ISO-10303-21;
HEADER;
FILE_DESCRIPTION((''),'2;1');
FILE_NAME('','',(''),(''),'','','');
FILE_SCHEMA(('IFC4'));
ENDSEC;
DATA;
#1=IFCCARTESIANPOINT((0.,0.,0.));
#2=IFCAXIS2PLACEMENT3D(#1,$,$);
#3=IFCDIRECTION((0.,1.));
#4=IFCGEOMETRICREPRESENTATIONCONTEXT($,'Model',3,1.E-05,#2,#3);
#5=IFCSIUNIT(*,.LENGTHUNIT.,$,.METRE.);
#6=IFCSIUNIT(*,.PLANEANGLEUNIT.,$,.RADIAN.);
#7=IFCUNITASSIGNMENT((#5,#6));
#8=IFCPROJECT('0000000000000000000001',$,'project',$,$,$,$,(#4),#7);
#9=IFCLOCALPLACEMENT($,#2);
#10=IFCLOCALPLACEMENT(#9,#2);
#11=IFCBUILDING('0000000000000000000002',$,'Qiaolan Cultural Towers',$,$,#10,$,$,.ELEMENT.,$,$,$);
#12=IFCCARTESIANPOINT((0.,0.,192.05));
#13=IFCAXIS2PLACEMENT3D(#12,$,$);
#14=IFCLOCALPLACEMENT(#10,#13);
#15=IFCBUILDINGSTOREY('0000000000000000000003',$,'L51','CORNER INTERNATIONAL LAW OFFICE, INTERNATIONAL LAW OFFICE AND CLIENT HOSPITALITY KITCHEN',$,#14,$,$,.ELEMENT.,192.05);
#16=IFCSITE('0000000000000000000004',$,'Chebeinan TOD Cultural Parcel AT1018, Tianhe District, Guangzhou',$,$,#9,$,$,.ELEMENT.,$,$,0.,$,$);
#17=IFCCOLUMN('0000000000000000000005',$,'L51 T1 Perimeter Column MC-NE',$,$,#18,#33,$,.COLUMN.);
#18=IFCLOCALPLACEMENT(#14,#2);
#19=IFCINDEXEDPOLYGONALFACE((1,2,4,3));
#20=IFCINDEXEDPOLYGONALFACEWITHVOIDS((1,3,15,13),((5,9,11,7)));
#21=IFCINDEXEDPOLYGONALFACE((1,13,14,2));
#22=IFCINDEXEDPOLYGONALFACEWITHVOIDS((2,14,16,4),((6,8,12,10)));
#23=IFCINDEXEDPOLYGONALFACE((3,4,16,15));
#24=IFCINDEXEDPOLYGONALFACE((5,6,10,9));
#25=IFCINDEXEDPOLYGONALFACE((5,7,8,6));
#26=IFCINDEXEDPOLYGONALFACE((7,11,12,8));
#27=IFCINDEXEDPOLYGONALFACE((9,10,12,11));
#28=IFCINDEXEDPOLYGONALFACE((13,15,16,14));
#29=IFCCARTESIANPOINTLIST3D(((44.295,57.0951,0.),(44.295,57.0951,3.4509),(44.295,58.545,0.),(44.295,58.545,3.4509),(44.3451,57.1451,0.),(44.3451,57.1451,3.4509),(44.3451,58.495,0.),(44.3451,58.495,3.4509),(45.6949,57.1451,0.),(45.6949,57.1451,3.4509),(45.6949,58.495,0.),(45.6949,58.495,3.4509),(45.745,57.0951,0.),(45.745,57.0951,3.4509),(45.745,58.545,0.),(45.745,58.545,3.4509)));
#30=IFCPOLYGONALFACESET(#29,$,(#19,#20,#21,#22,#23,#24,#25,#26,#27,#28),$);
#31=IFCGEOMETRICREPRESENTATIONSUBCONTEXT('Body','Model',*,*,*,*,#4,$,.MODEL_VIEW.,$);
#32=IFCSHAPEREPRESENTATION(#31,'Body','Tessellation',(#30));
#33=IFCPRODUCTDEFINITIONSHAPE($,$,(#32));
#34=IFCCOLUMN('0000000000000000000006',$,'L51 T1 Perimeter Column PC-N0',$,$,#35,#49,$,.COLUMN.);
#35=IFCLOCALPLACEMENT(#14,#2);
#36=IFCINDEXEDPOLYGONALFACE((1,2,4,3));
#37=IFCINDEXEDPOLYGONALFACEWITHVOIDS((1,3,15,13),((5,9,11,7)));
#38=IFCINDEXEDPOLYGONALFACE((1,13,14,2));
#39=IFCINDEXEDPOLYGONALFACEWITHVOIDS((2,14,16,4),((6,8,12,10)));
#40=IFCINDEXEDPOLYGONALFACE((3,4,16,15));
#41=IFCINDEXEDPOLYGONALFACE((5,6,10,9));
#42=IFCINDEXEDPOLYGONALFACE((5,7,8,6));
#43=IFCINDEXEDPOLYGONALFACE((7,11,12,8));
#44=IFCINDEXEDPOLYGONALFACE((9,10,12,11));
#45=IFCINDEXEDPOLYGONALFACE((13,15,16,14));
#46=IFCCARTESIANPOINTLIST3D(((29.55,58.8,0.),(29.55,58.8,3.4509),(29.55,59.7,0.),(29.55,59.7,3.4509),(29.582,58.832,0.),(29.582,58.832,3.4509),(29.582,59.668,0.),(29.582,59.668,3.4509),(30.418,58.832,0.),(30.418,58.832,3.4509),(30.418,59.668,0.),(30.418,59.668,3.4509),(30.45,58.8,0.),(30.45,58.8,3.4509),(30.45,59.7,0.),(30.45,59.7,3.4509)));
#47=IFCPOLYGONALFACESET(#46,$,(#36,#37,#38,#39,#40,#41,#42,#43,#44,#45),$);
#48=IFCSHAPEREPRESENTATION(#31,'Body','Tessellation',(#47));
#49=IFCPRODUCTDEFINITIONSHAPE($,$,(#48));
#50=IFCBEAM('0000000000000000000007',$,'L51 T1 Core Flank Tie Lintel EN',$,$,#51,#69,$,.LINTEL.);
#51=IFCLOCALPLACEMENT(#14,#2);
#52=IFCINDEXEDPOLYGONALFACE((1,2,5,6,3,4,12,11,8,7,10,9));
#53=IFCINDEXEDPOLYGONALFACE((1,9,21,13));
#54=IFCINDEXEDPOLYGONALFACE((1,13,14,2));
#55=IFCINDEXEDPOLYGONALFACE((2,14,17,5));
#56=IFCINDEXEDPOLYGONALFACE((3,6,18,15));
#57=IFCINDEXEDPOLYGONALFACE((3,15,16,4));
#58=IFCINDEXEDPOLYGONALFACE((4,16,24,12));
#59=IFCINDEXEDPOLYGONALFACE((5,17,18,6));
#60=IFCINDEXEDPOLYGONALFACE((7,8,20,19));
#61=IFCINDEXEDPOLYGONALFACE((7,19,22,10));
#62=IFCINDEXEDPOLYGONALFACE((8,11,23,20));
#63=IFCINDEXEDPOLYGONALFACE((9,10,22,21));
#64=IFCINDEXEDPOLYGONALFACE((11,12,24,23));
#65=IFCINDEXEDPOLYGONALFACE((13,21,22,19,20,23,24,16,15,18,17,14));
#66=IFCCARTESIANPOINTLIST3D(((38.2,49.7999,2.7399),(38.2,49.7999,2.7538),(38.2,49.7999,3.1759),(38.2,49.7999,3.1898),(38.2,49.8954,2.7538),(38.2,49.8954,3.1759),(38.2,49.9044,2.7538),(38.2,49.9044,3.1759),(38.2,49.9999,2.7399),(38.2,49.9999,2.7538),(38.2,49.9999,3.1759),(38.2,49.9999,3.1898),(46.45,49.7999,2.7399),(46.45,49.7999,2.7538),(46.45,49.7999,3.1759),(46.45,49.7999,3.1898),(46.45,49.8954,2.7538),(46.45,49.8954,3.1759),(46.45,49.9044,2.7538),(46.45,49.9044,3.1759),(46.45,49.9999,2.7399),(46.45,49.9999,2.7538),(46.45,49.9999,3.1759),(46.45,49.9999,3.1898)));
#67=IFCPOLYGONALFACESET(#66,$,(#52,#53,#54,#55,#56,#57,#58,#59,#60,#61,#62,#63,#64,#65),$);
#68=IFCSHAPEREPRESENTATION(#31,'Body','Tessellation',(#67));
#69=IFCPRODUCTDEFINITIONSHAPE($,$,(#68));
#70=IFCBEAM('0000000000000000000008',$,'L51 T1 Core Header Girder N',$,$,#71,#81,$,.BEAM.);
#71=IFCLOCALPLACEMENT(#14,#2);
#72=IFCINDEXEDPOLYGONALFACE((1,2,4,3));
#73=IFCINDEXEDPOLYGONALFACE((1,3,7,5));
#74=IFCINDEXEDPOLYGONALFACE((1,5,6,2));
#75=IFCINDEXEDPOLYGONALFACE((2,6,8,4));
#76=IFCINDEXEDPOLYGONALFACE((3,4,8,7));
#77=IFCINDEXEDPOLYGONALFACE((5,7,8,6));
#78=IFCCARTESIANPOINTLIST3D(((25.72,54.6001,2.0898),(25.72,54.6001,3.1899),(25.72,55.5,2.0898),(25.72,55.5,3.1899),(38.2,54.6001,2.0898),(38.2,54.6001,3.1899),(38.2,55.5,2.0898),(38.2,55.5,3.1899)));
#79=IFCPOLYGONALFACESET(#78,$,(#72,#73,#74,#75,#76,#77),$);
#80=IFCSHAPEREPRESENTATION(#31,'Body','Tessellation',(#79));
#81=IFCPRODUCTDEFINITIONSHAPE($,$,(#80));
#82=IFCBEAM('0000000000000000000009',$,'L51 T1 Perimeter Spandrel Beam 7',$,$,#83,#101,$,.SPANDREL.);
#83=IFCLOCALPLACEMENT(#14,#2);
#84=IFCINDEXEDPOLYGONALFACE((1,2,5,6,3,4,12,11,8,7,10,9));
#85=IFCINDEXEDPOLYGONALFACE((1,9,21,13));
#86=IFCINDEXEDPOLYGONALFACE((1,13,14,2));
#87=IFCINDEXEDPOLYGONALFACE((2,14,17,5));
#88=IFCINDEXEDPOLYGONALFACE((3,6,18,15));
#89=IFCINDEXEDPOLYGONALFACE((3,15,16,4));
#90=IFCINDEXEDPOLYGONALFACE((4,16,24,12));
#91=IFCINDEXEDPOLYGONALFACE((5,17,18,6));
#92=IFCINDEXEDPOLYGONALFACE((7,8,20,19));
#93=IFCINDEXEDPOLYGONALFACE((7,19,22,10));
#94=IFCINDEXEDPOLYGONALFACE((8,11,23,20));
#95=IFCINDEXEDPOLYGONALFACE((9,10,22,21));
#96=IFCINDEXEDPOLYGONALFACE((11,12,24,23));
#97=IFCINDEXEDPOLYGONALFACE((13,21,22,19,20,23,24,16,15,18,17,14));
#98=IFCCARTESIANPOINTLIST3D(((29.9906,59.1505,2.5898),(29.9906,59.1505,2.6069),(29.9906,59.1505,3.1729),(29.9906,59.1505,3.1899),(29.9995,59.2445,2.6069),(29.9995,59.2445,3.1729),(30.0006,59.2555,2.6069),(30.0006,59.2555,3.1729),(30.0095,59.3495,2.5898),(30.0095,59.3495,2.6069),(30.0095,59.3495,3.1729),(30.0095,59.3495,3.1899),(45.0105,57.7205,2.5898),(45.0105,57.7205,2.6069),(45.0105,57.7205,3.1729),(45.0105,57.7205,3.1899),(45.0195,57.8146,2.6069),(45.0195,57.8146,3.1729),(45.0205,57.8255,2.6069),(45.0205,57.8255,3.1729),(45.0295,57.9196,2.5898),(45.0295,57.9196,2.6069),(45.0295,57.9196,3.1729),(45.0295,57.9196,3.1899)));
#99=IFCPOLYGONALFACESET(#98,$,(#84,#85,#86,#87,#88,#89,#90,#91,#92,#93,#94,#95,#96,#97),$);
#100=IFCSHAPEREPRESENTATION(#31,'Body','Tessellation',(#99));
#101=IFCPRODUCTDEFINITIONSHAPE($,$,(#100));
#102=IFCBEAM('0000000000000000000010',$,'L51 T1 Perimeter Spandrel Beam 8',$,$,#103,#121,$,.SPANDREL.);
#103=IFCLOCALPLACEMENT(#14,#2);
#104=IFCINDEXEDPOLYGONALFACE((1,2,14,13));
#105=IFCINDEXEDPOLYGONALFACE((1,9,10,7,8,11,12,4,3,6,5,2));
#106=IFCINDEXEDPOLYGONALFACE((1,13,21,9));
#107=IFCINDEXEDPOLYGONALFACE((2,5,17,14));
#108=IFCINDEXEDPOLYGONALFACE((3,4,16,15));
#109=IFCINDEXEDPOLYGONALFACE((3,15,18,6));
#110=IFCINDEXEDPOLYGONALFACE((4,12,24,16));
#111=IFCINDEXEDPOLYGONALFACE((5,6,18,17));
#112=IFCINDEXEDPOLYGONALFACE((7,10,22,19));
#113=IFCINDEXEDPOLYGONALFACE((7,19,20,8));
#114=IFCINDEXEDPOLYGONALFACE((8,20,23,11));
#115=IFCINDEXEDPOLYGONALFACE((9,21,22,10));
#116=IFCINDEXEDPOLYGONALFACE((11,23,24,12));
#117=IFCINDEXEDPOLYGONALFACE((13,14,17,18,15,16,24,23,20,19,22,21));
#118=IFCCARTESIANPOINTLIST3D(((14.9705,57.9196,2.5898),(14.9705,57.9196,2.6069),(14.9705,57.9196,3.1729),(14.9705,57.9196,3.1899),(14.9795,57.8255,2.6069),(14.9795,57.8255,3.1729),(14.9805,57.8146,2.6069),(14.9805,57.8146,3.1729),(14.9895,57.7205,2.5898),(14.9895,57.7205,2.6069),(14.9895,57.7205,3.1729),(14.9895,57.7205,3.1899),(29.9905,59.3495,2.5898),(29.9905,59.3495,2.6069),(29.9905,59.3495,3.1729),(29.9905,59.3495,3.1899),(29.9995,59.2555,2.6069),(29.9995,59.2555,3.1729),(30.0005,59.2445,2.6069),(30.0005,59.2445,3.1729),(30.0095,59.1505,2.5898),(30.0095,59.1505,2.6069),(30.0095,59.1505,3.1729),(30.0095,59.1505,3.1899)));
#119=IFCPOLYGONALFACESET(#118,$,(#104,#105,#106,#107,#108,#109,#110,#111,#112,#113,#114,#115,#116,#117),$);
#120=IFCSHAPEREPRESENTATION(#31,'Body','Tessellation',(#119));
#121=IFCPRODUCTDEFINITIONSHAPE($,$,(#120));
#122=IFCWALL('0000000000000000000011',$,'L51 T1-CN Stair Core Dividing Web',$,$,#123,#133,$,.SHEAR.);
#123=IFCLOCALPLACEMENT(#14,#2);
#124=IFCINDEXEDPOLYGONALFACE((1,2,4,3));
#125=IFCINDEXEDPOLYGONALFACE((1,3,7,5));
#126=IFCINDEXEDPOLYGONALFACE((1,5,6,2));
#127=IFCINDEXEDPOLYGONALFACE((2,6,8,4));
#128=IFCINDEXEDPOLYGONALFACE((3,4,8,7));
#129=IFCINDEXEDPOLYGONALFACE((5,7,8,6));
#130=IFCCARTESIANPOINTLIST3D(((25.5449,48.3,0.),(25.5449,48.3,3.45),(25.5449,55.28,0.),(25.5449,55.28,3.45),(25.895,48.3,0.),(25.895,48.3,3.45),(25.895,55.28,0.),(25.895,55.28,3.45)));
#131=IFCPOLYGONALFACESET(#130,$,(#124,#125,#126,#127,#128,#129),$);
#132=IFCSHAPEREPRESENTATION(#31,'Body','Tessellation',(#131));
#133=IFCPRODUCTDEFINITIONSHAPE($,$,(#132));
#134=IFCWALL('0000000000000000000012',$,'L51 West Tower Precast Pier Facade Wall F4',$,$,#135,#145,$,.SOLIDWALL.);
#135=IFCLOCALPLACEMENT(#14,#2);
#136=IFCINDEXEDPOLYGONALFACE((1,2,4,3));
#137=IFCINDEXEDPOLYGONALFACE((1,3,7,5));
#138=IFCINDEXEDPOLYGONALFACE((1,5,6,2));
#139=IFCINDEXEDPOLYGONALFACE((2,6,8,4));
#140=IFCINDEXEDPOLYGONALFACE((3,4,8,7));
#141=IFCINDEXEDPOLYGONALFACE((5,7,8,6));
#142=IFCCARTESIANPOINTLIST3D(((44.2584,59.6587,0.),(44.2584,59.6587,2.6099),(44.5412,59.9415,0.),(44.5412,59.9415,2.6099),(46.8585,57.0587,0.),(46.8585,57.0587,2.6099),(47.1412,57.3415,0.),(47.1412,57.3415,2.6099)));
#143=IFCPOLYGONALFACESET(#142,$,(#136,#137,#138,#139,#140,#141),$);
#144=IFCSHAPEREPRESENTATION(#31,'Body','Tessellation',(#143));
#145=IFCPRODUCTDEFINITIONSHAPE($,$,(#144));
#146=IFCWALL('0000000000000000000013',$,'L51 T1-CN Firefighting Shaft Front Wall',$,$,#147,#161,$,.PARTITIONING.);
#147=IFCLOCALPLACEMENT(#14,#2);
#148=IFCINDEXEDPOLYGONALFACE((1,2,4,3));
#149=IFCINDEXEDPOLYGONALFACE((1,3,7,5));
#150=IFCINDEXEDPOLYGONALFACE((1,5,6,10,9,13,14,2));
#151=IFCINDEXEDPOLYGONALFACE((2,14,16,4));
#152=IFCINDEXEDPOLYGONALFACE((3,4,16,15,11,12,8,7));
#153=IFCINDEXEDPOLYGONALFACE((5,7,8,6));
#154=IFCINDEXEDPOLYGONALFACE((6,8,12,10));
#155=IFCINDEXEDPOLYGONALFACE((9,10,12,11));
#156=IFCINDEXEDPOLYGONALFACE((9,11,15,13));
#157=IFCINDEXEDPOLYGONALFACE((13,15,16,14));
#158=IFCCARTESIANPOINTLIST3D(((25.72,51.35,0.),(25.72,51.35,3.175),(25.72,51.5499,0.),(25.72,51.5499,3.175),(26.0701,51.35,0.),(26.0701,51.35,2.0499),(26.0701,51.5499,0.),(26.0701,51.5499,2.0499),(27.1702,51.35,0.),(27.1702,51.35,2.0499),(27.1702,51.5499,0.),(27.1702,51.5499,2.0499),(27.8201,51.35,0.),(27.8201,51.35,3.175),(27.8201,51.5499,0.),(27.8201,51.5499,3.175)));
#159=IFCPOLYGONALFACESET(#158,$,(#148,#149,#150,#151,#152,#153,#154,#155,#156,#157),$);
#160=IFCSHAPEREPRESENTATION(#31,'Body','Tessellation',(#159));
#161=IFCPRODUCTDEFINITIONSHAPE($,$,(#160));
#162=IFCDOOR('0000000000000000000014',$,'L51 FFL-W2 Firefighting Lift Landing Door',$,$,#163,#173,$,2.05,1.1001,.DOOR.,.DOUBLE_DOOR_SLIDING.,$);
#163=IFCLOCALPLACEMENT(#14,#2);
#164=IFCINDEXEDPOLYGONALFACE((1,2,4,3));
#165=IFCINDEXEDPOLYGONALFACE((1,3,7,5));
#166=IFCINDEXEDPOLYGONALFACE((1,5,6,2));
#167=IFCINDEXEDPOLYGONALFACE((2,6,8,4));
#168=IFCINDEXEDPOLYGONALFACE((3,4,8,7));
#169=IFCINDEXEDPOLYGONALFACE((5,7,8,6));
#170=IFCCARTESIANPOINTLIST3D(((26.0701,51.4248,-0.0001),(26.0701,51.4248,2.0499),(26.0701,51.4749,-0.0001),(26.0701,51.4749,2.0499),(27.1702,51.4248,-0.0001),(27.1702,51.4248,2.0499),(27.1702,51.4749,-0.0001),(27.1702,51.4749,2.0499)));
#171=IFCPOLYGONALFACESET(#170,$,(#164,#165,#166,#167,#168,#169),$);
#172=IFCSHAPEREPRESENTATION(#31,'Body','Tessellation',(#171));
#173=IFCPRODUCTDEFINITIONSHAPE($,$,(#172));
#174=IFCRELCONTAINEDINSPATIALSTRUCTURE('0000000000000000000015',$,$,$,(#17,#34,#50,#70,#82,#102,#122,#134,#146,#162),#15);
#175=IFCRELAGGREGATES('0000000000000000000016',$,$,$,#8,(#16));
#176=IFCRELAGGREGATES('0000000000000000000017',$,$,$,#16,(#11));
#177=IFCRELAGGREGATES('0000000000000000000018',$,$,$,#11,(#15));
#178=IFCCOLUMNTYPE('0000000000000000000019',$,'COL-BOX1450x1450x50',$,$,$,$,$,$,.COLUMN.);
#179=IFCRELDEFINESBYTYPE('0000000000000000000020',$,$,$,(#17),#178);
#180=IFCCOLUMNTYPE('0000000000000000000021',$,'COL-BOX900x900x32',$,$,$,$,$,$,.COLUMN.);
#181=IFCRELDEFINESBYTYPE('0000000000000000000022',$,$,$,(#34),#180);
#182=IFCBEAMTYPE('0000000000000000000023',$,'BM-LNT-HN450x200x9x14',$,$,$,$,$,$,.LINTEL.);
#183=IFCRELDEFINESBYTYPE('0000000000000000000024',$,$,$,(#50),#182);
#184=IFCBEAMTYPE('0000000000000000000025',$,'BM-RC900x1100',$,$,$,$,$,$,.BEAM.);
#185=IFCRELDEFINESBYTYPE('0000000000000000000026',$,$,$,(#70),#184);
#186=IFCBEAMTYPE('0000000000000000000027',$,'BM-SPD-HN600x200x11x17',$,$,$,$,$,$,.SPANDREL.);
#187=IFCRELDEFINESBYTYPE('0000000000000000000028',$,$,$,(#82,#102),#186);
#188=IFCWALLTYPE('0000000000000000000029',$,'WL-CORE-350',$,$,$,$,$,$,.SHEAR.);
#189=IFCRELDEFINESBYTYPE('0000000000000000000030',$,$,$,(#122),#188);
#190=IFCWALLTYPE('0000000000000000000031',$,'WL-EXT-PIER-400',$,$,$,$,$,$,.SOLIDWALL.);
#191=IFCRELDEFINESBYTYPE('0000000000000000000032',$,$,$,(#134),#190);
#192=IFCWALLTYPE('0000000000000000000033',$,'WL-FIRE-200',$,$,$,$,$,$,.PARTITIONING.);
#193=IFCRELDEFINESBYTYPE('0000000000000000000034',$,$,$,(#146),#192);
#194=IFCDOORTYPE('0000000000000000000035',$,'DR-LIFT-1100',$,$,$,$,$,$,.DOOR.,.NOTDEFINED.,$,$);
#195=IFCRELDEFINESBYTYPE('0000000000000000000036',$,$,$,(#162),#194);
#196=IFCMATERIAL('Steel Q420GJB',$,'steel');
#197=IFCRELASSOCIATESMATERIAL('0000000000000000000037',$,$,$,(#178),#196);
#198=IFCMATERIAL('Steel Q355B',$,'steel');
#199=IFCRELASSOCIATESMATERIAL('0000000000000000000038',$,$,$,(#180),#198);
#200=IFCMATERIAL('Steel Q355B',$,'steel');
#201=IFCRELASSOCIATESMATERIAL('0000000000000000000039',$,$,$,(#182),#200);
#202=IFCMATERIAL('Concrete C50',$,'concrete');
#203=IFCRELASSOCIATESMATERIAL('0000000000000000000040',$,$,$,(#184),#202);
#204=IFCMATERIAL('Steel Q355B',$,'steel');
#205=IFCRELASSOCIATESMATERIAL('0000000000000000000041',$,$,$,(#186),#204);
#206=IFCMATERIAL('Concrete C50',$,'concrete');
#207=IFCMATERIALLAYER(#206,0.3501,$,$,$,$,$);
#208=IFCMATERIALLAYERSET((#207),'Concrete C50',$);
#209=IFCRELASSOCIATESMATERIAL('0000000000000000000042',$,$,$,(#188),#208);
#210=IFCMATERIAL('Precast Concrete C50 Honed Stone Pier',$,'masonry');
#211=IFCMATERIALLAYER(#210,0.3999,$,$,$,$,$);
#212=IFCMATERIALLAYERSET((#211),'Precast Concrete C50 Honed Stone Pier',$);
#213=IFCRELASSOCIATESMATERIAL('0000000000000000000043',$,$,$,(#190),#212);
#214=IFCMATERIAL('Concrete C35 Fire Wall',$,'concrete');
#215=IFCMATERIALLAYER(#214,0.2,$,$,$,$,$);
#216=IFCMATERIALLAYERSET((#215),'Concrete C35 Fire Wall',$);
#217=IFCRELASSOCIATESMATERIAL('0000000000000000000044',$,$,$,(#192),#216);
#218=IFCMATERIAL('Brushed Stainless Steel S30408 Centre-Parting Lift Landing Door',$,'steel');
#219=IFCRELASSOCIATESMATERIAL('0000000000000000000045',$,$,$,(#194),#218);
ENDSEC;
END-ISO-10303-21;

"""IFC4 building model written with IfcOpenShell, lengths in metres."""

from ifc_helpers import new_model, si_unit, direction, frame, frame_2d, origin, origin_2d, place, context, subcontext, project, spatial, rectangle, hollow_rectangle, i_section, extrude, material, layer, layer_set, material_profile, profile_set, type_object, element, fill, save


model = new_model("IFC4")

# Units and contexts
model_context = context("Model", 3, precision=1e-05, world=origin(), true_north=direction((0.0, 1.0)))
body_context = subcontext(model_context, "Body", "Model", "MODEL_VIEW")
ifc_project = project(units=[si_unit("LENGTHUNIT", "METRE"), si_unit("PLANEANGLEUNIT", "RADIAN")], contexts=[model_context])

# Site, building, storey
site_placement = place(None, origin())
site = spatial("IfcSite", under=ifc_project, at=site_placement, Name="Chebeinan TOD Cultural Parcel AT1018, Tianhe District, Guangzhou", CompositionType="ELEMENT", RefElevation=0.0)
building_placement = place(site_placement, origin())
building = spatial("IfcBuilding", under=site, at=building_placement, Name="Qiaolan Cultural Towers", CompositionType="ELEMENT")
storey_placement = place(building_placement, frame((0.0, 0.0, 192.05)))
storey = spatial("IfcBuildingStorey", under=building, at=storey_placement, Name="L51", Description="CORNER INTERNATIONAL LAW OFFICE, INTERNATIONAL LAW OFFICE AND CLIENT HOSPITALITY KITCHEN", CompositionType="ELEMENT", Elevation=192.05)

# Columns
ifc_material_1 = material(Name="Steel Q420GJB", Category="steel")
ifc_material_profile_1 = material_profile(ifc_material_1, hollow_rectangle(XDim=1.45, YDim=1.45, WallThickness=0.05, at=origin_2d()), Name="BOX1450x1450x50")
ifc_profile_set_1 = profile_set([ifc_material_profile_1], Name="Steel Q420GJB")
column_type_1 = type_object("IfcColumnType", Name="COL-BOX1450x1450x50", PredefinedType="COLUMN", material=ifc_profile_set_1)
column_1_placement = place(storey_placement, frame((45.02, 57.8201, 0.0), z_axis=(0.0, 0.0, 1.0), x_axis=(1.0, 0.0, 0.0)))
element("IfcColumn", 1, at=column_1_placement, inside=storey, type_object=column_type_1, Name="L51 T1 Perimeter Column MC-NE", PredefinedType="COLUMN", context=body_context, shape_type="SweptSolid", body=[
    extrude(hollow_rectangle(XDim=1.45, YDim=1.45, WallThickness=0.05, at=origin_2d()), origin(), (0.0, 0.0, 1.0), 3.4509),
])
ifc_material_2 = material(Name="Steel Q355B", Category="steel")
ifc_material_profile_2 = material_profile(ifc_material_2, hollow_rectangle(XDim=0.8999, YDim=0.8999, WallThickness=0.032, at=origin_2d()), Name="BOX900x900x32")
ifc_profile_set_2 = profile_set([ifc_material_profile_2], Name="Steel Q355B")
column_type_2 = type_object("IfcColumnType", Name="COL-BOX900x900x32", PredefinedType="COLUMN", material=ifc_profile_set_2)
column_2_placement = place(storey_placement, frame((30.0, 59.25, 0.0), z_axis=(0.0, 0.0, 1.0), x_axis=(1.0, 0.0, 0.0)))
element("IfcColumn", 2, at=column_2_placement, inside=storey, type_object=column_type_2, Name="L51 T1 Perimeter Column PC-N0", PredefinedType="COLUMN", context=body_context, shape_type="SweptSolid", body=[
    extrude(hollow_rectangle(XDim=0.8999, YDim=0.8999, WallThickness=0.032, at=origin_2d()), origin(), (0.0, 0.0, 1.0), 3.4509),
])

# Beams
ifc_material_3 = material(Name="Steel Q355B", Category="steel")
ifc_material_profile_3 = material_profile(ifc_material_3, i_section(OverallWidth=0.2, OverallDepth=0.45, WebThickness=0.009, FlangeThickness=0.0139, at=origin_2d()), Name="HN450x200x9x14")
ifc_profile_set_3 = profile_set([ifc_material_profile_3], Name="Steel Q355B")
beam_type_1 = type_object("IfcBeamType", Name="BM-LNT-HN450x200x9x14", PredefinedType="LINTEL", material=ifc_profile_set_3)
beam_1_placement = place(storey_placement, frame((38.2, 49.8999, 2.9648), z_axis=(1.0, 0.0, 0.0), x_axis=(0.0, 1.0, 0.0)))
element("IfcBeam", 3, at=beam_1_placement, inside=storey, type_object=beam_type_1, Name="L51 T1 Core Flank Tie Lintel EN", PredefinedType="LINTEL", context=body_context, shape_type="SweptSolid", body=[
    extrude(i_section(OverallWidth=0.2, OverallDepth=0.45, WebThickness=0.009, FlangeThickness=0.0139, at=origin_2d()), origin(), (0.0, 0.0, 1.0), 8.25),
])
ifc_material_4 = material(Name="Concrete C50", Category="concrete")
ifc_material_profile_4 = material_profile(ifc_material_4, rectangle(XDim=0.8999, YDim=1.1001, at=origin_2d()), Name="RC900x1100")
ifc_profile_set_4 = profile_set([ifc_material_profile_4], Name="Concrete C50")
beam_type_2 = type_object("IfcBeamType", Name="BM-RC900x1100", PredefinedType="BEAM", material=ifc_profile_set_4)
beam_2_placement = place(storey_placement, frame((25.72, 55.05, 2.6399), z_axis=(1.0, 0.0, 0.0), x_axis=(0.0, 1.0, 0.0)))
element("IfcBeam", 4, at=beam_2_placement, inside=storey, type_object=beam_type_2, Name="L51 T1 Core Header Girder N", PredefinedType="BEAM", context=body_context, shape_type="SweptSolid", body=[
    extrude(rectangle(XDim=0.8999, YDim=1.1001, at=origin_2d()), origin(), (0.0, 0.0, 1.0), 12.48),
])
ifc_material_5 = material(Name="Steel Q355B", Category="steel")
ifc_material_profile_5 = material_profile(ifc_material_5, i_section(OverallWidth=0.2, OverallDepth=0.6001, WebThickness=0.011, FlangeThickness=0.0171, at=origin_2d()), Name="HN600x200x11x17")
ifc_profile_set_5 = profile_set([ifc_material_profile_5], Name="Steel Q355B")
beam_type_3 = type_object("IfcBeamType", Name="BM-SPD-HN600x200x11x17", PredefinedType="SPANDREL", material=ifc_profile_set_5)
for number, where, z_axis, x_axis, name in (
    (5, (45.02, 57.8201, 2.8899), (-0.995499, 0.094773, 0.0), (-0.094773, -0.995499, 0.0), "L51 T1 Perimeter Spandrel Beam 7"),
    (6, (30.0, 59.25, 2.8899), (-0.995499, -0.094773, 0.0), (0.094773, -0.995499, 0.0), "L51 T1 Perimeter Spandrel Beam 8"),
):
    element("IfcBeam", number, at=place(storey_placement, frame(where, z_axis=z_axis, x_axis=x_axis)), inside=storey, type_object=beam_type_3, Name=name, PredefinedType="SPANDREL", context=body_context, shape_type="SweptSolid", body=[
        extrude(i_section(OverallWidth=0.2, OverallDepth=0.6001, WebThickness=0.011, FlangeThickness=0.0171, at=origin_2d()), origin(), (0.0, 0.0, 1.0), 15.0879),
    ])

# Walls
ifc_material_6 = material(Name="Concrete C50", Category="concrete")
ifc_layer_1 = layer(ifc_material_6, 0.3501)
ifc_layer_set_1 = layer_set([ifc_layer_1], Name="Concrete C50")
wall_type_1 = type_object("IfcWallType", Name="WL-CORE-350", PredefinedType="SHEAR", material=ifc_layer_set_1)
wall_1_placement = place(storey_placement, frame((25.72, 48.3, 0.0), z_axis=(0.0, 0.0, 1.0), x_axis=(0.0, 1.0, 0.0)))
element("IfcWall", 7, at=wall_1_placement, inside=storey, type_object=wall_type_1, Name="L51 T1-CN Stair Core Dividing Web", PredefinedType="SHEAR", context=body_context, shape_type="SweptSolid", body=[
    extrude(rectangle(XDim=6.98, YDim=0.3501, at=frame_2d((3.49, 0.0))), origin(), (0.0, 0.0, 1.0), 3.45),
])
ifc_material_7 = material(Name="Precast Concrete C50 Honed Stone Pier", Category="masonry")
ifc_layer_2 = layer(ifc_material_7, 0.3999)
ifc_layer_set_2 = layer_set([ifc_layer_2], Name="Precast Concrete C50 Honed Stone Pier")
wall_type_2 = type_object("IfcWallType", Name="WL-EXT-PIER-400", PredefinedType="SOLIDWALL", material=ifc_layer_set_2)
wall_2_placement = place(storey_placement, frame((44.3999, 59.8, 0.0), z_axis=(0.0, 0.0, 1.0), x_axis=(0.707107, -0.707107, 0.0)))
element("IfcWall", 8, at=wall_2_placement, inside=storey, type_object=wall_type_2, Name="L51 West Tower Precast Pier Facade Wall F4", PredefinedType="SOLIDWALL", context=body_context, shape_type="SweptSolid", body=[
    extrude(rectangle(XDim=3.677, YDim=0.3999, at=frame_2d((1.8384, 0.0))), origin(), (0.0, 0.0, 1.0), 2.6099),
])

# Wall, opening, door
ifc_material_8 = material(Name="Concrete C35 Fire Wall", Category="concrete")
ifc_layer_3 = layer(ifc_material_8, 0.2)
ifc_layer_set_3 = layer_set([ifc_layer_3], Name="Concrete C35 Fire Wall")
wall_type_3 = type_object("IfcWallType", Name="WL-FIRE-200", PredefinedType="PARTITIONING", material=ifc_layer_set_3)
wall_3_placement = place(storey_placement, frame((25.72, 51.45, 0.0), z_axis=(0.0, 0.0, 1.0), x_axis=(1.0, 0.0, 0.0)))
wall_3 = element("IfcWall", 9, at=wall_3_placement, inside=storey, type_object=wall_type_3, Name="L51 T1-CN Firefighting Shaft Front Wall", PredefinedType="PARTITIONING", context=body_context, shape_type="SweptSolid", body=[
    extrude(rectangle(XDim=2.1001, YDim=0.2, at=frame_2d((1.05, 0.0))), origin(), (0.0, 0.0, 1.0), 3.175),
])
opening_1_placement = place(wall_3_placement, frame((0.3501, 0.0, 0.0)))
opening_1 = element("IfcOpeningElement", 10, at=opening_1_placement, cuts=wall_3, PredefinedType="OPENING", context=body_context, shape_type="SweptSolid", body=[
    extrude(rectangle(XDim=1.1001, YDim=2.05, at=frame_2d((0.55, 1.0249))), frame((0.0, 0.1099, 0.0), z_axis=(0.0, -1.0, 0.0), x_axis=(1.0, 0.0, 0.0)), (0.0, 0.0, 1.0), 0.22),
])
ifc_material_9 = material(Name="Brushed Stainless Steel S30408 Centre-Parting Lift Landing Door", Category="steel")
door_type_1 = type_object("IfcDoorType", Name="DR-LIFT-1100", OperationType="NOTDEFINED", PredefinedType="DOOR", material=ifc_material_9)
door_1_placement = place(opening_1_placement, origin())
door_1 = element("IfcDoor", 11, at=door_1_placement, inside=storey, type_object=door_type_1, Name="L51 FFL-W2 Firefighting Lift Landing Door", OperationType="DOUBLE_DOOR_SLIDING", OverallHeight=2.05, OverallWidth=1.1001, PredefinedType="DOOR", context=body_context, shape_type="SweptSolid", body=[
    extrude(rectangle(XDim=1.1001, YDim=2.05, at=frame_2d((0.55, 1.0249))), frame((0.0, 0.0249, 0.0), z_axis=(0.0, -1.0, 0.0), x_axis=(1.0, 0.0, 0.0)), (0.0, 0.0, 1.0), 0.05),
])
fill(opening_1, door_1)

save(model, "model.ifc")
